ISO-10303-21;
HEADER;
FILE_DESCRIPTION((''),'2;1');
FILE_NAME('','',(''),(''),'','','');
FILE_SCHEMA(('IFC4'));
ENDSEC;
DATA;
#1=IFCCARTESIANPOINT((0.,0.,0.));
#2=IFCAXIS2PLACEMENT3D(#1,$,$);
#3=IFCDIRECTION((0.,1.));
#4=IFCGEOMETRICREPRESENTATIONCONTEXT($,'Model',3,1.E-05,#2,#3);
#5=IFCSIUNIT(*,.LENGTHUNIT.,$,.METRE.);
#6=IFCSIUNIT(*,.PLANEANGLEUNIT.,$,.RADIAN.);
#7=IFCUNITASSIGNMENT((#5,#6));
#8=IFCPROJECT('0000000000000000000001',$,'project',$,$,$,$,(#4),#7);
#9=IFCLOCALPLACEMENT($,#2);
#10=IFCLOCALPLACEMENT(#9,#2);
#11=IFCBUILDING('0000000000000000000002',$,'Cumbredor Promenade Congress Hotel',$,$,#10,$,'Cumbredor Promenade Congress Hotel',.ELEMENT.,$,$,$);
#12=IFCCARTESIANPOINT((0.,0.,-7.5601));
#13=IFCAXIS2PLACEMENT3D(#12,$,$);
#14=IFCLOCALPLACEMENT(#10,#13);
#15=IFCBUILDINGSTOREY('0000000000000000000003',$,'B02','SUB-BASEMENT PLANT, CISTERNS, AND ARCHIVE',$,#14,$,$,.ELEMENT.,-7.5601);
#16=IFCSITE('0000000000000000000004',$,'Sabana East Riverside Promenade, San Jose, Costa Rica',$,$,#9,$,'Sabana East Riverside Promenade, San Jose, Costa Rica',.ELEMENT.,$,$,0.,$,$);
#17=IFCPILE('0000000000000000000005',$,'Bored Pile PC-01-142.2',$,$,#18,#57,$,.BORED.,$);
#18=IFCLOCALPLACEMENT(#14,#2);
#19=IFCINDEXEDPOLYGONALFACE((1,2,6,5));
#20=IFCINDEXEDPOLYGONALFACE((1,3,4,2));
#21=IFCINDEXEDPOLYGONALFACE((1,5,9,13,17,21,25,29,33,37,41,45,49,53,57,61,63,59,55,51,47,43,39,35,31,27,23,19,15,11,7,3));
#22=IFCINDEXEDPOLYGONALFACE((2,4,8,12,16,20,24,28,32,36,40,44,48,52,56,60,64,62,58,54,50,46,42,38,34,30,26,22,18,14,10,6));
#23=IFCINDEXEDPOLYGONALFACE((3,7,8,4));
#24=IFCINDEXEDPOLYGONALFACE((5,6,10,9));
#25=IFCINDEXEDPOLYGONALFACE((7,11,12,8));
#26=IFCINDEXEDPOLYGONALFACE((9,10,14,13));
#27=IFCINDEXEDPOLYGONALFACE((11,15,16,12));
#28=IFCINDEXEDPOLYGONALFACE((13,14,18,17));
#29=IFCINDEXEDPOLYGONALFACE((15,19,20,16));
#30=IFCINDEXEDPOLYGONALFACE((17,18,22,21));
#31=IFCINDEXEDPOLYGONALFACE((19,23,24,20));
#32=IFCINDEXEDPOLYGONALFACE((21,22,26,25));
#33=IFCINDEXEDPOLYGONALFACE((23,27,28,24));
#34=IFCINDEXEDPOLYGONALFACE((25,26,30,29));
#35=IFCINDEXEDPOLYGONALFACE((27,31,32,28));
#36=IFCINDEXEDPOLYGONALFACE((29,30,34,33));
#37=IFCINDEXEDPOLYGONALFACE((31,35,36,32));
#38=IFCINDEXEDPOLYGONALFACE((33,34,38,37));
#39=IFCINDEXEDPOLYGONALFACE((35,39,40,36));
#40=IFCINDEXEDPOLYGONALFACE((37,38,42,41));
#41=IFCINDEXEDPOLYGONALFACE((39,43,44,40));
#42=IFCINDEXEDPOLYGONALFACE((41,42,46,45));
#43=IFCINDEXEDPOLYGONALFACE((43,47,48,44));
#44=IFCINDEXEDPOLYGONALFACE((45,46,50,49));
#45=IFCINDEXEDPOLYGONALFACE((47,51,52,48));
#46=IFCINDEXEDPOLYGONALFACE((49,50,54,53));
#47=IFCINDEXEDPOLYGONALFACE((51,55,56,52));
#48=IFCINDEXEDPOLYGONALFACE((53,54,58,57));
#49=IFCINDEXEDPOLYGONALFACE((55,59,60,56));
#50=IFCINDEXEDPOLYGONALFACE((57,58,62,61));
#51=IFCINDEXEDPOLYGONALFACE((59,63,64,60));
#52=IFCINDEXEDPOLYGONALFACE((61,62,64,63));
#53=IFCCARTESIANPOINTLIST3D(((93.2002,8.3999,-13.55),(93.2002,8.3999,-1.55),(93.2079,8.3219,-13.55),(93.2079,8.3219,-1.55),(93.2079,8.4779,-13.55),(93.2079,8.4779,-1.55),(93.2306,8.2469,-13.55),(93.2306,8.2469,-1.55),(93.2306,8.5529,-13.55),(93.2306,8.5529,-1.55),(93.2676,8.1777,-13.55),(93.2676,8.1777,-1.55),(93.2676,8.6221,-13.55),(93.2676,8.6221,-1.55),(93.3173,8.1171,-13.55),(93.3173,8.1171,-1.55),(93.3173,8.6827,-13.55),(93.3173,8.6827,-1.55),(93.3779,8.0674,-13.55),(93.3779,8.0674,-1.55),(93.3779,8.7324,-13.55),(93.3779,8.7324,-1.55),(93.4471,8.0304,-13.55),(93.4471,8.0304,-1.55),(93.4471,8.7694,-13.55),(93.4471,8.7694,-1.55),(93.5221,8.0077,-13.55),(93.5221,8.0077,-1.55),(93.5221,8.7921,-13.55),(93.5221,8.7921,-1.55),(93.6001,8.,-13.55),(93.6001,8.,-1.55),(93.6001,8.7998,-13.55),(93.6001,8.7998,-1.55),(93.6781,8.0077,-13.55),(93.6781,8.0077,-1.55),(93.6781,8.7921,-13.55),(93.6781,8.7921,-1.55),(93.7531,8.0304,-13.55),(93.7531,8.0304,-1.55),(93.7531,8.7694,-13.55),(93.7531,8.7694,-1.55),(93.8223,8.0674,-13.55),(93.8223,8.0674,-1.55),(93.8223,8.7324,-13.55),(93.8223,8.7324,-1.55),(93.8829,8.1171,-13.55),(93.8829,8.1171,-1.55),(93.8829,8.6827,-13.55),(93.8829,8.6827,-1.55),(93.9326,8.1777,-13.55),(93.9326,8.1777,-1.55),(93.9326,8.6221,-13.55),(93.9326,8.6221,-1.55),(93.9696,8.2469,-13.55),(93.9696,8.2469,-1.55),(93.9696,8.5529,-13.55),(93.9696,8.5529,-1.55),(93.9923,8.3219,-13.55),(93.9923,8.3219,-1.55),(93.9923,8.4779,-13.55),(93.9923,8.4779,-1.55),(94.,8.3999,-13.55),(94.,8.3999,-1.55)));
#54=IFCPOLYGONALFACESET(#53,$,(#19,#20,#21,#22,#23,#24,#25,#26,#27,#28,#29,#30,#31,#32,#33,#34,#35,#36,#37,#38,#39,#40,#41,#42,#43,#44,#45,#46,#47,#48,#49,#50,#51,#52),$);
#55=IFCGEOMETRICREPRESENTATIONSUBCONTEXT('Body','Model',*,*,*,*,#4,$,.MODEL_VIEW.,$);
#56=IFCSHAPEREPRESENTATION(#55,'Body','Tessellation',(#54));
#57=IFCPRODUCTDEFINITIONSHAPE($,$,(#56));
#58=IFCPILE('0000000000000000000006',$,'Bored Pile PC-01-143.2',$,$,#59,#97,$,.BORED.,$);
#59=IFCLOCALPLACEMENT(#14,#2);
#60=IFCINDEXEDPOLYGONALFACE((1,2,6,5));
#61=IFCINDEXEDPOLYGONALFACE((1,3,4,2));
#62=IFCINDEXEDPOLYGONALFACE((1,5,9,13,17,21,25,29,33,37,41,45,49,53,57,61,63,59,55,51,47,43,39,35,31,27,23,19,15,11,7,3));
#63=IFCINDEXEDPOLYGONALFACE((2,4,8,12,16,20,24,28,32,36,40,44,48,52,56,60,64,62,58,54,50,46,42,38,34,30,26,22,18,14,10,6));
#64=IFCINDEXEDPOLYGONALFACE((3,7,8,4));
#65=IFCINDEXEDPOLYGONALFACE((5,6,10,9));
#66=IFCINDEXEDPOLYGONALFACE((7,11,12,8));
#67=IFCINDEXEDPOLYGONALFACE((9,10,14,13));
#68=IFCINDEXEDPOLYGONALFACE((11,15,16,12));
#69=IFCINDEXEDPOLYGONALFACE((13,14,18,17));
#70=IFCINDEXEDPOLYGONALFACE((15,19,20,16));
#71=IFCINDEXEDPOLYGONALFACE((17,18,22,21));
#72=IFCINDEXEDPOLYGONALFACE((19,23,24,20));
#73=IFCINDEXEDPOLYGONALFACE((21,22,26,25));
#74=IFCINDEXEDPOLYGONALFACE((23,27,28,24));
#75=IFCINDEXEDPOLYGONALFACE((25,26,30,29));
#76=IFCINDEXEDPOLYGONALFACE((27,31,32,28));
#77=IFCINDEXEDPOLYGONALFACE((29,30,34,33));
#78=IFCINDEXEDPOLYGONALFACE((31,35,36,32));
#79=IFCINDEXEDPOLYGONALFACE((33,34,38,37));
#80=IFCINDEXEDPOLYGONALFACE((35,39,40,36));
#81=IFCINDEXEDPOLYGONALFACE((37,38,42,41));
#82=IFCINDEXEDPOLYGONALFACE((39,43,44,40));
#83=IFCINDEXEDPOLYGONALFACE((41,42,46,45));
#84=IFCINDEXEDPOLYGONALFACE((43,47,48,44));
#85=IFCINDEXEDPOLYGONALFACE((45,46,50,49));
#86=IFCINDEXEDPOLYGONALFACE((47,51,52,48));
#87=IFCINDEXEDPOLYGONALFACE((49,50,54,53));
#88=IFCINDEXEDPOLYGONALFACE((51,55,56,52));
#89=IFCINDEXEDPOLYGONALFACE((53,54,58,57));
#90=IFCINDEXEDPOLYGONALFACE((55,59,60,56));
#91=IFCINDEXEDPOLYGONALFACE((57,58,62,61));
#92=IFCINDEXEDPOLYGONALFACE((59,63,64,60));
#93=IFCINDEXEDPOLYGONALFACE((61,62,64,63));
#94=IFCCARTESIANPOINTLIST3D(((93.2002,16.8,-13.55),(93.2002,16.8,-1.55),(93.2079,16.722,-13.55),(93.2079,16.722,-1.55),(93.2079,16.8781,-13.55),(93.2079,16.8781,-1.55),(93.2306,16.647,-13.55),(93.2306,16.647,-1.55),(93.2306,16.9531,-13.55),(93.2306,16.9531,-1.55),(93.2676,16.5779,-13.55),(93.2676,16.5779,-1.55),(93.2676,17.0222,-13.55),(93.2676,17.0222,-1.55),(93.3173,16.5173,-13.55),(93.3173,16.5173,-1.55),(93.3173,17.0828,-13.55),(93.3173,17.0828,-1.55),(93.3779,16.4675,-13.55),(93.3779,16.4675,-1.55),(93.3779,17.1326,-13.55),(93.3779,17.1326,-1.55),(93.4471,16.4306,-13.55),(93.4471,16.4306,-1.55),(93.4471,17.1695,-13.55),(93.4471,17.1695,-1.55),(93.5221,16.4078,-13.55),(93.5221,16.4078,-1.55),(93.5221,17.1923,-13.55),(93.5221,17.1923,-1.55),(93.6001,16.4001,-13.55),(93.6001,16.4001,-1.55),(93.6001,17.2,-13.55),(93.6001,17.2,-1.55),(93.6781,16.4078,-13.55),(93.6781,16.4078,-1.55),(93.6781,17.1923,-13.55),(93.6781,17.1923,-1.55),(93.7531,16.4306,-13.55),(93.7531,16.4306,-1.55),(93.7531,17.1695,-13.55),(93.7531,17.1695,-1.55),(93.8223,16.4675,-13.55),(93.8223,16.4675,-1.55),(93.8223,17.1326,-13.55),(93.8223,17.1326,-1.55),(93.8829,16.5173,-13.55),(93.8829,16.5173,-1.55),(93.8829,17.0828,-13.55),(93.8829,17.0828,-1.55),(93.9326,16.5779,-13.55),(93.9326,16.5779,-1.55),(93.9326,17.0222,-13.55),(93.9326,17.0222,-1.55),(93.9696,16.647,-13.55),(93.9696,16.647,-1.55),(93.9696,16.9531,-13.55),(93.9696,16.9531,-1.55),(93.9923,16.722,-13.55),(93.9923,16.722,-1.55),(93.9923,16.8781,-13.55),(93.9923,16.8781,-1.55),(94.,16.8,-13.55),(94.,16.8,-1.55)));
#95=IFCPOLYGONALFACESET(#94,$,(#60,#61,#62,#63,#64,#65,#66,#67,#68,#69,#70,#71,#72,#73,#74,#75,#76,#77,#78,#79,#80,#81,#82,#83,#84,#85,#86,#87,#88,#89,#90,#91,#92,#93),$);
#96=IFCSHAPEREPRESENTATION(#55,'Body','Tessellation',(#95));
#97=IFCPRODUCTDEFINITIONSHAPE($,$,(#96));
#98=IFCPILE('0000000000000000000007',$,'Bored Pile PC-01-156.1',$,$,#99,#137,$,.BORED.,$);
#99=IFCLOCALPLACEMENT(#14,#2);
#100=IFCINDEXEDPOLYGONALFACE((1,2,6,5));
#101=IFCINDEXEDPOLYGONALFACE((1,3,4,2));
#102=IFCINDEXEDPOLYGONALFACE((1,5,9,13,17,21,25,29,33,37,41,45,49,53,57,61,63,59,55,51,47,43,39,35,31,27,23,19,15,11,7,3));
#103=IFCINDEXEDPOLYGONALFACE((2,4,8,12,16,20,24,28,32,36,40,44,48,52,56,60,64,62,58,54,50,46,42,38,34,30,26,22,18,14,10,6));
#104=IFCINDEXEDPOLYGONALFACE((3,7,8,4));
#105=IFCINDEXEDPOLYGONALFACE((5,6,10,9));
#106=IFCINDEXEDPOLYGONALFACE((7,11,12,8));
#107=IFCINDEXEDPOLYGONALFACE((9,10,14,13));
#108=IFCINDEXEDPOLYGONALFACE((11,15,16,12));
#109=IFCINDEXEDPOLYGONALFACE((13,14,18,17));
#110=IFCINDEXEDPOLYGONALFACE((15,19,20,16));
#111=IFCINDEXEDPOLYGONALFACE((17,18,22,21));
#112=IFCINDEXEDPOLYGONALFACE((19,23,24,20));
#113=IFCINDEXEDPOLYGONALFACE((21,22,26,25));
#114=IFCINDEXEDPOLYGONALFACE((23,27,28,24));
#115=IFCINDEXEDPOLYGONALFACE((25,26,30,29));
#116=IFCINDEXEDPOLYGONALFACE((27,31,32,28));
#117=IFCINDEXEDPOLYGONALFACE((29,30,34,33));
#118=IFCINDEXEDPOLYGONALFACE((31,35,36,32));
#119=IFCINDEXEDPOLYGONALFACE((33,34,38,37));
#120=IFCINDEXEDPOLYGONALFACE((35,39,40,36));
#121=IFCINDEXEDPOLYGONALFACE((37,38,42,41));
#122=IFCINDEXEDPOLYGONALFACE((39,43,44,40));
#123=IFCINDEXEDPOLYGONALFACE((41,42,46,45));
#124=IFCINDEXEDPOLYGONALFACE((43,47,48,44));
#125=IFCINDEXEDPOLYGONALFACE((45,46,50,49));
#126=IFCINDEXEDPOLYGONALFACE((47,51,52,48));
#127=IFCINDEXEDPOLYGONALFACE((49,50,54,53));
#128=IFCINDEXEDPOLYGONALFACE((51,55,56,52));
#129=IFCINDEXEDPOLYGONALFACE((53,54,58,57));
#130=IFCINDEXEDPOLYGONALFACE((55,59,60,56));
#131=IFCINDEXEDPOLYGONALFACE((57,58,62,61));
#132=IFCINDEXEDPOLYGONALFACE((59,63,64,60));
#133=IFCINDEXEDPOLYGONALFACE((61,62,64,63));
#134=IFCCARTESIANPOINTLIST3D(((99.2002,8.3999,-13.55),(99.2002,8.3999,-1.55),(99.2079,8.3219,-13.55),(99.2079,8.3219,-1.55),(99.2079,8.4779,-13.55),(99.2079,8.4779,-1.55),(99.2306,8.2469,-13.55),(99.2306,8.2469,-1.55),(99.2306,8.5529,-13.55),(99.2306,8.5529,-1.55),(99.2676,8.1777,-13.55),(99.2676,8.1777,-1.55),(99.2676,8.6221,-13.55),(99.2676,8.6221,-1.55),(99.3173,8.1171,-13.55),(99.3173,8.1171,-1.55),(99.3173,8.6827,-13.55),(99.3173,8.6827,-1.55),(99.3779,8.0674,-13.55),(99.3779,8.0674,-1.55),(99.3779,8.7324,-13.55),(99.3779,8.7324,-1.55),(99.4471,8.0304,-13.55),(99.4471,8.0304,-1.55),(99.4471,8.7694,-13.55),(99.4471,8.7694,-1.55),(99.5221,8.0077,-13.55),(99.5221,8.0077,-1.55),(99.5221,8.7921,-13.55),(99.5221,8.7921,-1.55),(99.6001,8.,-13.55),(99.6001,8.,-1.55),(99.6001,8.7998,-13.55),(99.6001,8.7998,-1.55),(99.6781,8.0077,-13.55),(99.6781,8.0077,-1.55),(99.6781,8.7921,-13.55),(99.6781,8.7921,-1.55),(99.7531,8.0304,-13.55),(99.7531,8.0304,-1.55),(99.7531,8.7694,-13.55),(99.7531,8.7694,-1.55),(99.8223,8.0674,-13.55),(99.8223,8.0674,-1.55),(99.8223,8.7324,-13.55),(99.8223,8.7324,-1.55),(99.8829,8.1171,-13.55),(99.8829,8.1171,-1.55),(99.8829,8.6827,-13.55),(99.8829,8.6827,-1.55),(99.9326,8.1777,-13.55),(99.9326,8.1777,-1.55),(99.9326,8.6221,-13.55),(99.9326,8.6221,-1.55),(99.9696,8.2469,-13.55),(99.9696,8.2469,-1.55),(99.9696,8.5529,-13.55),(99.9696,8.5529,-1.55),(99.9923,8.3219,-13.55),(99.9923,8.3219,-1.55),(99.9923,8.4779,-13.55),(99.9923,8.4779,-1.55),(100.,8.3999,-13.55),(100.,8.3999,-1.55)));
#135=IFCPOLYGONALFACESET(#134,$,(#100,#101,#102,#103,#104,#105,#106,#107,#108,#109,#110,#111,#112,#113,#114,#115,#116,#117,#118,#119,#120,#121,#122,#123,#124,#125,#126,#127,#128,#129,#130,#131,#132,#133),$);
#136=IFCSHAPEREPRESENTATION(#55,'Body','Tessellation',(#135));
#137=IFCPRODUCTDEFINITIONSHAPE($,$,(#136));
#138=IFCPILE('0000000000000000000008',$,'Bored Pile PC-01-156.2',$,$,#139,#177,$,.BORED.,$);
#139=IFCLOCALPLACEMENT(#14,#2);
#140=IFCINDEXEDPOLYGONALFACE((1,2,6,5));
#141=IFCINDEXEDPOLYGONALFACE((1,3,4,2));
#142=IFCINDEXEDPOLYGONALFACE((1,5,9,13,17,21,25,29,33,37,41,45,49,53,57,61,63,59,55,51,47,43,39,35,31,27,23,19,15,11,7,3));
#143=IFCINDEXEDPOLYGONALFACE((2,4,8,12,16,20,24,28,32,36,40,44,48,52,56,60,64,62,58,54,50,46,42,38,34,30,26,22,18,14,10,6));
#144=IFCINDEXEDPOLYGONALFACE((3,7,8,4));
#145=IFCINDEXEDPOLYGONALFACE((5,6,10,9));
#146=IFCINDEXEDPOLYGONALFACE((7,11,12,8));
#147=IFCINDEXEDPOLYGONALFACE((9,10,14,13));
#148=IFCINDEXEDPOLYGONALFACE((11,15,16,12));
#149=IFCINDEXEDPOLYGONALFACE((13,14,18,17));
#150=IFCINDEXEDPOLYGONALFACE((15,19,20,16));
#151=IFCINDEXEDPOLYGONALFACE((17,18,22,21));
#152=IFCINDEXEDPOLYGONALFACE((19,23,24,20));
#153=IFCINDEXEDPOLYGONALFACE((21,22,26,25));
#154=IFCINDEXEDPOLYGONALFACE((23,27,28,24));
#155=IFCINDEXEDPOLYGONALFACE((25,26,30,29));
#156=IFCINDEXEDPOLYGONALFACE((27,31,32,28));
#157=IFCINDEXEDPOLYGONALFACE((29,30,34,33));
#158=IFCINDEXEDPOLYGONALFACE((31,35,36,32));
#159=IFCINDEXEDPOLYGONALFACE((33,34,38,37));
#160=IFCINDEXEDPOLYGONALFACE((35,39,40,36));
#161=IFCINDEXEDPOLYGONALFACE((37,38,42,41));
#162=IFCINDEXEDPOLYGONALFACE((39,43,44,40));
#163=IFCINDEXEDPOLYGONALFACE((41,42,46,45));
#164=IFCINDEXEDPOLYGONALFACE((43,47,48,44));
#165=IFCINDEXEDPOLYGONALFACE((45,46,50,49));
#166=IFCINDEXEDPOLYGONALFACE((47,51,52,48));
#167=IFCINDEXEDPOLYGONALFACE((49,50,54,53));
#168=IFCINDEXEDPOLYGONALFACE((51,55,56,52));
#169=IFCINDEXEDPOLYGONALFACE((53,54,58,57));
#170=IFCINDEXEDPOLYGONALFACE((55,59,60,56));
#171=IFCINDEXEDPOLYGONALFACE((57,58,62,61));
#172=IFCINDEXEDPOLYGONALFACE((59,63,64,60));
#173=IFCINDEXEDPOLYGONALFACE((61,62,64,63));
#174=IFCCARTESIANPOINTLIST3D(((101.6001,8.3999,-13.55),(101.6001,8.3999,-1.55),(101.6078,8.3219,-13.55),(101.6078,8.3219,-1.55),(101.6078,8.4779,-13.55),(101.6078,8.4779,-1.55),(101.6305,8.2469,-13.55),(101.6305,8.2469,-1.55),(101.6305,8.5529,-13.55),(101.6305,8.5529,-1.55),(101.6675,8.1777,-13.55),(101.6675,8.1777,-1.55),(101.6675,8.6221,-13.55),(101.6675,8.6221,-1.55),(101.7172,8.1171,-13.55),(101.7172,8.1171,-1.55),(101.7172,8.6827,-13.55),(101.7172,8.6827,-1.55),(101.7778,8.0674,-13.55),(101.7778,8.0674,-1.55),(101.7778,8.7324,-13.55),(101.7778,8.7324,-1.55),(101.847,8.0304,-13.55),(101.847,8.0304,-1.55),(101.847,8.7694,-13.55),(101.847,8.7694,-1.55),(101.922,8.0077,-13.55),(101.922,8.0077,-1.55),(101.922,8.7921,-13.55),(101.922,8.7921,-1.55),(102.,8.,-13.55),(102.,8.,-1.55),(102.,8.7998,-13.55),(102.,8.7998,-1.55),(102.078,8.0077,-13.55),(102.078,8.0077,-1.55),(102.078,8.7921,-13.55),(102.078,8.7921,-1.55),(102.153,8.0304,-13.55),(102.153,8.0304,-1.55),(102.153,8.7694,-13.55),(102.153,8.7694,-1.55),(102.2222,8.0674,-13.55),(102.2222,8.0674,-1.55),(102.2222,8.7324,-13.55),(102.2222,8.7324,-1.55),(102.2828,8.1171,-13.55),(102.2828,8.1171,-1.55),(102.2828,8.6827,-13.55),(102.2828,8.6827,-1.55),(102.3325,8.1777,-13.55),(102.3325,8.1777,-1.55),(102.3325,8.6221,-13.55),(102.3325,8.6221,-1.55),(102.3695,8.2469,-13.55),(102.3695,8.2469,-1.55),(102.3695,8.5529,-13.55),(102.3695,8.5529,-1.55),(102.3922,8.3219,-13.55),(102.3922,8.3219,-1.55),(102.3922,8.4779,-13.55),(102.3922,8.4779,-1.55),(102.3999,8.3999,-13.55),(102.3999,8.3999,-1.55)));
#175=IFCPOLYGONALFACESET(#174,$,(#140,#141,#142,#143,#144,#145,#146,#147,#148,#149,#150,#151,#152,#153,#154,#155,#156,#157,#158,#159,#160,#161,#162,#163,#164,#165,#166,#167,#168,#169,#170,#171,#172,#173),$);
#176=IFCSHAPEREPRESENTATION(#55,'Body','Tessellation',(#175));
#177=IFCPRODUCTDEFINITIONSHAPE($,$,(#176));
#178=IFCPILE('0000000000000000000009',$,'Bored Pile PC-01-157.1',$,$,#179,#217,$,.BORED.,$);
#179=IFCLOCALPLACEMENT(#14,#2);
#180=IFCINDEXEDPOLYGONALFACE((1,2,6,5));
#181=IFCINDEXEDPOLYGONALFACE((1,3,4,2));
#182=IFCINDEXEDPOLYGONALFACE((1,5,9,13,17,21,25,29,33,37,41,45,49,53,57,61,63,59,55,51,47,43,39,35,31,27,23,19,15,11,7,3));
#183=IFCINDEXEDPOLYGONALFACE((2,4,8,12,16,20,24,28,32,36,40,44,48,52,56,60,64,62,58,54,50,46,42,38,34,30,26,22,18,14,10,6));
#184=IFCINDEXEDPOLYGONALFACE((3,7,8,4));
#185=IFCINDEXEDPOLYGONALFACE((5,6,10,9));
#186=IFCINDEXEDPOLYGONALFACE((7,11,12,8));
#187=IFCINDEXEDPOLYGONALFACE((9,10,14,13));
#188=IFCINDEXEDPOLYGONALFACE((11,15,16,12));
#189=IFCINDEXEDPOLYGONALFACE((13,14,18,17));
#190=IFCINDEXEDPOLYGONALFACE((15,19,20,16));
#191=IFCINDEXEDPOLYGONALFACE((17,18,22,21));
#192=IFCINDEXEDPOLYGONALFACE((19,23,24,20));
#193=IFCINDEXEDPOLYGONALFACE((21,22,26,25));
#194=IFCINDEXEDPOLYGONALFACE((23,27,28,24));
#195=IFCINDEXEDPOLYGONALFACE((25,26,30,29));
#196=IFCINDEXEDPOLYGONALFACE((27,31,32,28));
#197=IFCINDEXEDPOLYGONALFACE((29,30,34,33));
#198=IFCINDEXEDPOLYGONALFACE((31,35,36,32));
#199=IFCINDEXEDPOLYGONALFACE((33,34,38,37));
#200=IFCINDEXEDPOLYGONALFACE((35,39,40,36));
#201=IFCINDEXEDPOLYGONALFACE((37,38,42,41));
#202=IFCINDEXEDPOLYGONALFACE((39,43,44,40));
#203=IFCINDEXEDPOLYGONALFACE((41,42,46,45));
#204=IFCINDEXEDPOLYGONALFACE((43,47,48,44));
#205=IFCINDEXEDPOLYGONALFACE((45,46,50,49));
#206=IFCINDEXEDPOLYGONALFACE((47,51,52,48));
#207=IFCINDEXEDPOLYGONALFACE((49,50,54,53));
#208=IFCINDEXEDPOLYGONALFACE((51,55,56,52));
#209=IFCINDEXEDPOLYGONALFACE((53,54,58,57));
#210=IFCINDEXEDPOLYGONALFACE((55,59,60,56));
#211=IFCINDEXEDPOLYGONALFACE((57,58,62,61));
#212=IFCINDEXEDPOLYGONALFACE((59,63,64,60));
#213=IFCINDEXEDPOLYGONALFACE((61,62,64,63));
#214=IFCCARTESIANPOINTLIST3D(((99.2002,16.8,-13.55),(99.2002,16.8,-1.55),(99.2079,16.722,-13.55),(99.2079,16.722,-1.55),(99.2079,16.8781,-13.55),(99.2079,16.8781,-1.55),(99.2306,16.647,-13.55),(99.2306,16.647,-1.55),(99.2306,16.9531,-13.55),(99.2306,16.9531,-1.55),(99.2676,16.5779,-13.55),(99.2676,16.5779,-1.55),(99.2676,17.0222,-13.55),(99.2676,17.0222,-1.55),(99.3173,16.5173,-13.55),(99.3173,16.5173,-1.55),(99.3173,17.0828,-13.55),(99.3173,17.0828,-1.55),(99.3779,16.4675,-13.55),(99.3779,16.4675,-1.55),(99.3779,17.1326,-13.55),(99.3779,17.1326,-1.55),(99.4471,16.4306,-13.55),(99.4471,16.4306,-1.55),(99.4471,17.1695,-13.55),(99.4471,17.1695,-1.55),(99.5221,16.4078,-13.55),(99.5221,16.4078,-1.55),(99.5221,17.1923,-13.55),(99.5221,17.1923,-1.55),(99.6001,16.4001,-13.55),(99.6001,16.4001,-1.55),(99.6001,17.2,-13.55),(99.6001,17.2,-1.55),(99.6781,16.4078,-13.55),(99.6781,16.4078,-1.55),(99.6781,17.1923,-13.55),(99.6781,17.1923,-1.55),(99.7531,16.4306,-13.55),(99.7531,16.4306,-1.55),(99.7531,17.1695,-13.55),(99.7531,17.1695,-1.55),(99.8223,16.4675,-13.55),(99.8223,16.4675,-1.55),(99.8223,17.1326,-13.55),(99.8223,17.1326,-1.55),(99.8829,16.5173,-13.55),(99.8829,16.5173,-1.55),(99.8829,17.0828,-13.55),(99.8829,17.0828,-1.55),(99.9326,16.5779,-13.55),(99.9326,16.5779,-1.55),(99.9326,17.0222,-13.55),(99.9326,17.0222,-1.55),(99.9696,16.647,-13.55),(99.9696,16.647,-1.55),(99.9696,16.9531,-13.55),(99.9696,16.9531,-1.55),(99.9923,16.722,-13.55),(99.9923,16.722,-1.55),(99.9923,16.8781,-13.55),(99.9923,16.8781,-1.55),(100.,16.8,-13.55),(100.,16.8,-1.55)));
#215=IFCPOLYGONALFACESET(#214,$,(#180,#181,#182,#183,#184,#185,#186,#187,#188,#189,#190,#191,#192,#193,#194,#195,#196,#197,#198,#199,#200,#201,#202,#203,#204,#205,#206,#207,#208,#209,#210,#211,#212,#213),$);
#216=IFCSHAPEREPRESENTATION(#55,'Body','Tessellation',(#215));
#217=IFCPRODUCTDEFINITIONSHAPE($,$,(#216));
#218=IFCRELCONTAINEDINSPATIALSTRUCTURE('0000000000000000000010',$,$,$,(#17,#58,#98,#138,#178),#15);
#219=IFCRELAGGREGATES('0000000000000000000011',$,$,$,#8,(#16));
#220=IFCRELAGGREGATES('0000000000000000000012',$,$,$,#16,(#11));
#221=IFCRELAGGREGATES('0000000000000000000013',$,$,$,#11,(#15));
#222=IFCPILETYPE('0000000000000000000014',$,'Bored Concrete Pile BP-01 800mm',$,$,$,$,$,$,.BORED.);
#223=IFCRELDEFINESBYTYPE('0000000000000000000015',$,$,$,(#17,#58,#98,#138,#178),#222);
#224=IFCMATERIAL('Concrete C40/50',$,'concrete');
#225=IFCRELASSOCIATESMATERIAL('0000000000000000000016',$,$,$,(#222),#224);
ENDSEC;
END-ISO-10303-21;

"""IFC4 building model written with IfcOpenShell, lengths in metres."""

from ifc_helpers import new_model, si_unit, direction, frame, origin, origin_2d, place, context, subcontext, project, spatial, circle, extrude, material, material_profile, profile_set, type_object, element, save


model = new_model("IFC4")

# Units and contexts
model_context = context("Model", 3, precision=1e-05, world=origin(), true_north=direction((0.0, 1.0)))
body_context = subcontext(model_context, "Body", "Model", "MODEL_VIEW")
ifc_project = project(units=[si_unit("LENGTHUNIT", "METRE"), si_unit("PLANEANGLEUNIT", "RADIAN")], contexts=[model_context])

# Site, building, storey
site_placement = place(None, origin())
site = spatial("IfcSite", under=ifc_project, at=site_placement, Name="Sabana East Riverside Promenade, San Jose, Costa Rica", LongName="Sabana East Riverside Promenade, San Jose, Costa Rica", CompositionType="ELEMENT", RefElevation=0.0)
building_placement = place(site_placement, origin())
building = spatial("IfcBuilding", under=site, at=building_placement, Name="Cumbredor Promenade Congress Hotel", LongName="Cumbredor Promenade Congress Hotel", CompositionType="ELEMENT")
storey_placement = place(building_placement, frame((0.0, 0.0, -7.5601)))
storey = spatial("IfcBuildingStorey", under=building, at=storey_placement, Name="B02", Description="SUB-BASEMENT PLANT, CISTERNS, AND ARCHIVE", CompositionType="ELEMENT", Elevation=-7.5601)

# Piles
ifc_material_1 = material(Name="Concrete C40/50", Category="concrete")
ifc_material_profile_1 = material_profile(ifc_material_1, circle(Radius=0.3999, at=origin_2d()), Name="PILE D800")
ifc_profile_set_1 = profile_set([ifc_material_profile_1], Name="Concrete C40/50")
pile_type = type_object("IfcPileType", Name="Bored Concrete Pile BP-01 800mm", PredefinedType="BORED", material=ifc_profile_set_1)
for number, where, z_axis, x_axis, name in (
    (1, (93.6001, 8.3999, -1.55), (0.0, 0.0, -1.0), (1.0, 0.0, 0.0), "Bored Pile PC-01-142.2"),
    (2, (93.6001, 16.8, -1.55), (0.0, 0.0, -1.0), (1.0, 0.0, 0.0), "Bored Pile PC-01-143.2"),
    (3, (99.6001, 8.3999, -1.55), (0.0, 0.0, -1.0), (1.0, 0.0, 0.0), "Bored Pile PC-01-156.1"),
    (4, (102.0, 8.3999, -1.55), (0.0, 0.0, -1.0), (1.0, 0.0, 0.0), "Bored Pile PC-01-156.2"),
    (5, (99.6001, 16.8, -1.55), (0.0, 0.0, -1.0), (1.0, 0.0, 0.0), "Bored Pile PC-01-157.1"),
):
    element("IfcPile", number, at=place(storey_placement, frame(where, z_axis=z_axis, x_axis=x_axis)), inside=storey, type_object=pile_type, Name=name, PredefinedType="BORED", context=body_context, shape_type="SweptSolid", body=[
        extrude(circle(Radius=0.3999, at=origin_2d()), origin(), (0.0, 0.0, 1.0), 12.0),
    ])

save(model, "model.ifc")
